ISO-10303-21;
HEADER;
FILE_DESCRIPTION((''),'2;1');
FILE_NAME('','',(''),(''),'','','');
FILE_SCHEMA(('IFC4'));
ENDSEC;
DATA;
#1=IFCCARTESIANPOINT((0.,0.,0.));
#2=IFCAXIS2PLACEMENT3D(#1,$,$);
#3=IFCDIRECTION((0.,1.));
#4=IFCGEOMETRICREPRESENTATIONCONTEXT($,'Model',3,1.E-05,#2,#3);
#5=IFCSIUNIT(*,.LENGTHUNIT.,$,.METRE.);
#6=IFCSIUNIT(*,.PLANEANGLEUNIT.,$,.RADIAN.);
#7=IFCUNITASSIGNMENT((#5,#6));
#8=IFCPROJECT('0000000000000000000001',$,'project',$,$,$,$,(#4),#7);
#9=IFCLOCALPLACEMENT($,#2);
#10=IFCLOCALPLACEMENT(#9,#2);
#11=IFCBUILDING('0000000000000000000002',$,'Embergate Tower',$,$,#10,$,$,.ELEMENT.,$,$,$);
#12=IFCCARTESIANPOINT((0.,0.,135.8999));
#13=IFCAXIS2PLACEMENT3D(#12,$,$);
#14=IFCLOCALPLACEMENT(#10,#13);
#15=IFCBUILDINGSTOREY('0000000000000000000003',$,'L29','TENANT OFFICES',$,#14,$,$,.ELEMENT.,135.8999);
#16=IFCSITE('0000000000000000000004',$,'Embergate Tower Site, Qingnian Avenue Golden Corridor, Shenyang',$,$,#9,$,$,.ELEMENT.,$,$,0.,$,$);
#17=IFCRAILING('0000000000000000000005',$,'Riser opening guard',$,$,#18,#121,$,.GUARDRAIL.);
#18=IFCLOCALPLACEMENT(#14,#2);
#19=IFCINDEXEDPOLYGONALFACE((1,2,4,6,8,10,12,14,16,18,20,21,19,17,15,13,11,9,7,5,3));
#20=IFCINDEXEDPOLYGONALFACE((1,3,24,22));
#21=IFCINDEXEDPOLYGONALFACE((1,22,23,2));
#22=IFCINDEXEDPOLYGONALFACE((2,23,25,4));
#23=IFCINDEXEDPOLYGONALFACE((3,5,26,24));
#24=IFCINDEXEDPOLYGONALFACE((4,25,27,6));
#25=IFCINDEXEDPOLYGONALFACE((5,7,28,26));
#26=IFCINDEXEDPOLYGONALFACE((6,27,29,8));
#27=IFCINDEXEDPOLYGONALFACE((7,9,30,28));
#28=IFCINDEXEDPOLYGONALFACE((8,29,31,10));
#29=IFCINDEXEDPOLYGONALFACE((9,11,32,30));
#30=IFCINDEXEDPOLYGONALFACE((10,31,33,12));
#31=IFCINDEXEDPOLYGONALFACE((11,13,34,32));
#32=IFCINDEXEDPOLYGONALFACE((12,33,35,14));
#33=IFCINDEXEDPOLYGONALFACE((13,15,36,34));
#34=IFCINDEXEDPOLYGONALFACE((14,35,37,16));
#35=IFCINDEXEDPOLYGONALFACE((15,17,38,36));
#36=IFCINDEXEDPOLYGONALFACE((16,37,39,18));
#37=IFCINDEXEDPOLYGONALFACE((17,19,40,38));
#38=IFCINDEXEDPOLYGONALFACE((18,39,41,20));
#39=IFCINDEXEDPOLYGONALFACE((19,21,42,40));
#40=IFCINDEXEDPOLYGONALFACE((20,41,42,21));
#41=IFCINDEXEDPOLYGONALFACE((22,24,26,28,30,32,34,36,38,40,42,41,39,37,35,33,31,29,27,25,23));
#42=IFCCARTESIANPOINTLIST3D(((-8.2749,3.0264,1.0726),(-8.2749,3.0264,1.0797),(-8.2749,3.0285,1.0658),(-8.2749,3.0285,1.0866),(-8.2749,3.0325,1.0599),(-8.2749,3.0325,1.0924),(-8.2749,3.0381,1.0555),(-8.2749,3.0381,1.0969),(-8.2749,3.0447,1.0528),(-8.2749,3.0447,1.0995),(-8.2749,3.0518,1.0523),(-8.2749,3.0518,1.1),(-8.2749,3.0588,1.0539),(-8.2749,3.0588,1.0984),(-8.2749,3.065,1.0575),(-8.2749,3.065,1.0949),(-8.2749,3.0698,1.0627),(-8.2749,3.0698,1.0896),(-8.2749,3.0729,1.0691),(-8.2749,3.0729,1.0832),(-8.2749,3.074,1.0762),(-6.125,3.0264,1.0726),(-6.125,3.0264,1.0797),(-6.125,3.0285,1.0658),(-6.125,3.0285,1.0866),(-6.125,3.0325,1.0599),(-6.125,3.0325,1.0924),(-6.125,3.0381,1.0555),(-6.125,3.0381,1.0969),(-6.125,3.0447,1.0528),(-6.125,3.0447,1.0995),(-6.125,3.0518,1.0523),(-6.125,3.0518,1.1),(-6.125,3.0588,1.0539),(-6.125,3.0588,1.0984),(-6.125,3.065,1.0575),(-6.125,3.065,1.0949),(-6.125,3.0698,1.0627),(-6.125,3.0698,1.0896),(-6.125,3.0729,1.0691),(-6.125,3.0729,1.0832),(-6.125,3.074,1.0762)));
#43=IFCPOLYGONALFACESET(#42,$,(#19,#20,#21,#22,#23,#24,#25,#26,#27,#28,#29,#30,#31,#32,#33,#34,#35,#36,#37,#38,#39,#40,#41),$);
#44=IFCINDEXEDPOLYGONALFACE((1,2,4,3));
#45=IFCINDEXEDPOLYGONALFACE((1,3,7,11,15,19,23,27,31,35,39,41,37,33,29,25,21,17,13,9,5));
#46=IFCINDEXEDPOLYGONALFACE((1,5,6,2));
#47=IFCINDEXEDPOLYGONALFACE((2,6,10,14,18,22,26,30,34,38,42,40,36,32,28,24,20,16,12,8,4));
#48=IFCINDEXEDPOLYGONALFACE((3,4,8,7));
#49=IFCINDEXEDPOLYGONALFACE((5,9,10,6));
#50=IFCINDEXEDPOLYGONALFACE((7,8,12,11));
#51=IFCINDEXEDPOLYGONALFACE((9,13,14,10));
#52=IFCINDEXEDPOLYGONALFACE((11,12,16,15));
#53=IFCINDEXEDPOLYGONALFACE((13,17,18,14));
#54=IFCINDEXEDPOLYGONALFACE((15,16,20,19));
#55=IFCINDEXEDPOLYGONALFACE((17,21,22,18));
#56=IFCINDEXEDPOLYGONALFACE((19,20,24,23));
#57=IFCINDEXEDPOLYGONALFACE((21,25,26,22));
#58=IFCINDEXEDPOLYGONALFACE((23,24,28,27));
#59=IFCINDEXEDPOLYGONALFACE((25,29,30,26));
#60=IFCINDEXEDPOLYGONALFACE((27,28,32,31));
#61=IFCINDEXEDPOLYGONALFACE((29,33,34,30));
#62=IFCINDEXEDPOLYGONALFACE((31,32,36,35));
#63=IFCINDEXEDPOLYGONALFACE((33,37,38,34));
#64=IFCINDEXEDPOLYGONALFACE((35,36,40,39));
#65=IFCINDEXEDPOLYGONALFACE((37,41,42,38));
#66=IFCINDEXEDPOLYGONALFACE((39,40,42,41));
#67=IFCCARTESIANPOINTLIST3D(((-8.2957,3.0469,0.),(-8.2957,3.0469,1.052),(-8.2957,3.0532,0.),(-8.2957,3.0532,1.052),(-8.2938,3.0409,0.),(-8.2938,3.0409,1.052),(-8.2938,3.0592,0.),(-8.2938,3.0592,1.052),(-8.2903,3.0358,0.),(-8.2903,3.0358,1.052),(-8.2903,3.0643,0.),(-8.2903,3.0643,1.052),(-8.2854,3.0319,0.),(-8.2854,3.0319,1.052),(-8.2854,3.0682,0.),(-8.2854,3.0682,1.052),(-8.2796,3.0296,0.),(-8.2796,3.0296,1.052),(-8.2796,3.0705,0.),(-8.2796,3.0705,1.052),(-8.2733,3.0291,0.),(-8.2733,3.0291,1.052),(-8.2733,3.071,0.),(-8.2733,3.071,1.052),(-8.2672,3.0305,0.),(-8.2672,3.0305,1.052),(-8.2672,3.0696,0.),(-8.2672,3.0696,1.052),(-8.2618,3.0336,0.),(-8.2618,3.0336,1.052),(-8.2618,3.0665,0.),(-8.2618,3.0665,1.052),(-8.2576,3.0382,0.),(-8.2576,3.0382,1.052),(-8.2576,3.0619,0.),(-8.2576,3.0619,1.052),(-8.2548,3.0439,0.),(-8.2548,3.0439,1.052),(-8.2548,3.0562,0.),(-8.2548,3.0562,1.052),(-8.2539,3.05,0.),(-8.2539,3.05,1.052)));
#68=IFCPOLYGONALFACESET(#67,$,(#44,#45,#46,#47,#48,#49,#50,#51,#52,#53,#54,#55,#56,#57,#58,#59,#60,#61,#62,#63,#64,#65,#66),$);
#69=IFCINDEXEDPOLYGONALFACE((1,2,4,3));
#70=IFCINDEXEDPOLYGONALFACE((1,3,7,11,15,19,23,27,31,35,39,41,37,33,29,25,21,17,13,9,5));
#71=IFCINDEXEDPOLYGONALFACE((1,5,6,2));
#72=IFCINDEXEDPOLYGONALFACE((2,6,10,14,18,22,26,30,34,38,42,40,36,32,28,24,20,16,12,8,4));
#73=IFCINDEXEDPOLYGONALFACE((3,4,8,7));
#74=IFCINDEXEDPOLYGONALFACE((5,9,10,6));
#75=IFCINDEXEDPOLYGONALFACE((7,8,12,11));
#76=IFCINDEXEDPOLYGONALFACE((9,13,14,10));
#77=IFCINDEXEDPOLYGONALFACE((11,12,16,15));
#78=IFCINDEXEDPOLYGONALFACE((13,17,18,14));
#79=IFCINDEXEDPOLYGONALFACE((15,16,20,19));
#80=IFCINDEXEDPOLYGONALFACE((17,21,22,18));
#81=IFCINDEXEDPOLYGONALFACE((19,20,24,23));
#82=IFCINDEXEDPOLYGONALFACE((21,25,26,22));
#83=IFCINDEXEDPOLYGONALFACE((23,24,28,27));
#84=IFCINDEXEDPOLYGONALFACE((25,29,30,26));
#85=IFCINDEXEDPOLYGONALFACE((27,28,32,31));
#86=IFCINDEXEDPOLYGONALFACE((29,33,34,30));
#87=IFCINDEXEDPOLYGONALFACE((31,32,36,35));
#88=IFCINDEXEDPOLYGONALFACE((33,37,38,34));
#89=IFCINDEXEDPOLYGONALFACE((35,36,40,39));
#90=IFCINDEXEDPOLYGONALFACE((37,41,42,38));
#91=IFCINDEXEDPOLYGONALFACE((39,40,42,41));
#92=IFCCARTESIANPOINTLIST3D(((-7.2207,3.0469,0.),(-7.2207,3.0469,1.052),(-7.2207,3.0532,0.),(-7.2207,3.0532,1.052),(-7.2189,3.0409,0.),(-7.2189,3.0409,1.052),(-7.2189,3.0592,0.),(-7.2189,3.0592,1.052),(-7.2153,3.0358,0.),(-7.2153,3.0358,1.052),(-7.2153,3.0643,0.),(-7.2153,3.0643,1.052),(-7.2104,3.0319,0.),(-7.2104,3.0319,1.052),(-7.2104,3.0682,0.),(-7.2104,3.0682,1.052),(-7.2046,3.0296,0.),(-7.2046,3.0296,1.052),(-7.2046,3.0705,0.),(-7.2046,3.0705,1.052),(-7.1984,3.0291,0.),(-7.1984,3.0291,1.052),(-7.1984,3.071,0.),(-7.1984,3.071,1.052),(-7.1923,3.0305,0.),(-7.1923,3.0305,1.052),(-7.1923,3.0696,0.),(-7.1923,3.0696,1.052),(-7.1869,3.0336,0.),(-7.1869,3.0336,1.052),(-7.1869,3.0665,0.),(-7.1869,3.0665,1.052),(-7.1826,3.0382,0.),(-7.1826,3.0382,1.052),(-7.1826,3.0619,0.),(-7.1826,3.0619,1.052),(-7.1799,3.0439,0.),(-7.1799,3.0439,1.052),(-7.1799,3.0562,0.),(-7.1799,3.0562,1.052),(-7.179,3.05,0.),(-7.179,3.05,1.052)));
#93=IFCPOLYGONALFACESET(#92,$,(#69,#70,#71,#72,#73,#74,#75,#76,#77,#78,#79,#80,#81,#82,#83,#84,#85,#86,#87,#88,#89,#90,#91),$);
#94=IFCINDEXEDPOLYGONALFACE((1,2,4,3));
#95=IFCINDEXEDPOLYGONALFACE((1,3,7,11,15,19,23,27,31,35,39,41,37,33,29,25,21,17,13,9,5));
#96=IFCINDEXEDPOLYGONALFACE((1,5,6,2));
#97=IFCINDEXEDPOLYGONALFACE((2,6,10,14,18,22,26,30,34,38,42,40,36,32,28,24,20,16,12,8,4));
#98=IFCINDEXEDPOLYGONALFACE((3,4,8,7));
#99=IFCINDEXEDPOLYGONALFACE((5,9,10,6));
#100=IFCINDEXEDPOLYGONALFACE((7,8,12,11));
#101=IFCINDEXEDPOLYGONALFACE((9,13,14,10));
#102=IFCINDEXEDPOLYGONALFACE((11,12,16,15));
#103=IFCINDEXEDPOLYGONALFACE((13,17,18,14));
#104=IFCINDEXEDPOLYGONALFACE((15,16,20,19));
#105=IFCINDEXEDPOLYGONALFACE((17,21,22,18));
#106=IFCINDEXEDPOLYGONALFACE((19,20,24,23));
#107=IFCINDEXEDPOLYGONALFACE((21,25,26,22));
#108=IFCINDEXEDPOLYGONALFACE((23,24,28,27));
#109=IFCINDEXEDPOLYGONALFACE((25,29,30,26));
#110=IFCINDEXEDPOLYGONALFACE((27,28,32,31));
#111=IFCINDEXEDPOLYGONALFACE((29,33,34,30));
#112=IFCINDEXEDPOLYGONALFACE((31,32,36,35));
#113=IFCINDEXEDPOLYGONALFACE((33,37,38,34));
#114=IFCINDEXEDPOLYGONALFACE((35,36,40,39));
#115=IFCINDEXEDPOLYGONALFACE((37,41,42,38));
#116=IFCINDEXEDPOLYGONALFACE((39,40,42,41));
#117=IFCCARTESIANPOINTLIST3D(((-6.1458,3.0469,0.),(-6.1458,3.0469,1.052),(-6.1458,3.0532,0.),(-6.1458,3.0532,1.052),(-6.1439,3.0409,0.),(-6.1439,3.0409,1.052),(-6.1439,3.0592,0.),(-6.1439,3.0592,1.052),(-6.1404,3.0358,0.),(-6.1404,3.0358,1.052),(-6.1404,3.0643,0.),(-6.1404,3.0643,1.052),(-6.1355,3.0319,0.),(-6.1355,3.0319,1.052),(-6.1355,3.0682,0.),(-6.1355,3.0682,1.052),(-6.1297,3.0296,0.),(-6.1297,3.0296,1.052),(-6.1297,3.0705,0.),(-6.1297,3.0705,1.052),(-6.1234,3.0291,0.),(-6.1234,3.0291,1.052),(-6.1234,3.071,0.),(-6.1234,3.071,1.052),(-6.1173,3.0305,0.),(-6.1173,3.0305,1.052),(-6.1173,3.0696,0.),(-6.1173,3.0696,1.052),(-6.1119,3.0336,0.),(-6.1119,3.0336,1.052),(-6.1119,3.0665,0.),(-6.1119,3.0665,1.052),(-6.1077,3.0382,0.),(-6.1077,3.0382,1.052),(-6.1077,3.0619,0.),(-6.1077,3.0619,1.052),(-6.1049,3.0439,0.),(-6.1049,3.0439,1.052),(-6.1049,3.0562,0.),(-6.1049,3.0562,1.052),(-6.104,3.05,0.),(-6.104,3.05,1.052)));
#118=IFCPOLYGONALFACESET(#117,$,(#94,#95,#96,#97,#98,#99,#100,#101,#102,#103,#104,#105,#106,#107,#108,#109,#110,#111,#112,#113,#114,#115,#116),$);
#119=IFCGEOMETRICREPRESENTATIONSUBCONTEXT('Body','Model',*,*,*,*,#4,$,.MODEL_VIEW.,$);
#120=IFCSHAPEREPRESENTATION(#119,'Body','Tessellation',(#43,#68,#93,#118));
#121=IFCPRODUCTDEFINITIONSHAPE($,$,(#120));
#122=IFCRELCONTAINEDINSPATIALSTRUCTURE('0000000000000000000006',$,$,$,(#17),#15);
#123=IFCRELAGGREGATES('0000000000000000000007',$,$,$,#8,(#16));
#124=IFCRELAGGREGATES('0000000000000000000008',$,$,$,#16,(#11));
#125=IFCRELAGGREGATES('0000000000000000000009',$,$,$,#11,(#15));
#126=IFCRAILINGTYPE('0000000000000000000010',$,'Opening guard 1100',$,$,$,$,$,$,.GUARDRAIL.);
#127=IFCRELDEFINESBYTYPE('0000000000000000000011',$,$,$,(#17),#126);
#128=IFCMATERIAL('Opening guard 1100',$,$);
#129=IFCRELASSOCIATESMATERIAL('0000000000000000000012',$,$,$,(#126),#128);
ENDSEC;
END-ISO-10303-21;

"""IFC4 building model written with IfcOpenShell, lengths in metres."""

from ifc_helpers import new_model, si_unit, direction, frame, origin, origin_2d, place, context, subcontext, project, spatial, circle, extrude, source, transform, mapped, material, type_object, element, save


model = new_model("IFC4")

# Units and contexts
model_context = context("Model", 3, precision=1e-05, world=origin(), true_north=direction((0.0, 1.0)))
body_context = subcontext(model_context, "Body", "Model", "MODEL_VIEW")
ifc_project = project(units=[si_unit("LENGTHUNIT", "METRE"), si_unit("PLANEANGLEUNIT", "RADIAN")], contexts=[model_context])

# Site, building, storey
site_placement = place(None, origin())
site = spatial("IfcSite", under=ifc_project, at=site_placement, Name="Embergate Tower Site, Qingnian Avenue Golden Corridor, Shenyang", CompositionType="ELEMENT", RefElevation=0.0)
building_placement = place(site_placement, origin())
building = spatial("IfcBuilding", under=site, at=building_placement, Name="Embergate Tower", CompositionType="ELEMENT")
storey_placement = place(building_placement, frame((0.0, 0.0, 135.8999)))
storey = spatial("IfcBuildingStorey", under=building, at=storey_placement, Name="L29", Description="TENANT OFFICES", CompositionType="ELEMENT", Elevation=135.8999)

# Railing
ifc_material_1 = material(Name="Opening guard 1100")
railing_type = type_object("IfcRailingType", Name="Opening guard 1100", PredefinedType="GUARDRAIL", material=ifc_material_1)
shared_shape_1 = source(origin(), body_context, "Body", "SweptSolid", [
    extrude(circle(Radius=0.0239, at=origin_2d()), frame((0.0, 0.0, 1.0762), z_axis=(1.0, 0.0, 0.0), x_axis=(0.0, 1.0, 0.0)), (0.0, 0.0, 1.0), 2.1499),
    extrude(circle(Radius=0.021, at=origin_2d()), origin(), (0.0, 0.0, 1.0), 1.052),
    extrude(circle(Radius=0.021, at=origin_2d()), frame((1.075, 0.0, 0.0)), (0.0, 0.0, 1.0), 1.052),
    extrude(circle(Radius=0.021, at=origin_2d()), frame((2.1499, 0.0, 0.0)), (0.0, 0.0, 1.0), 1.052),
])
railing_placement = place(storey_placement, frame((-8.2749, 3.05, 0.0)))
element("IfcRailing", 1, at=railing_placement, inside=storey, type_object=railing_type, Name="Riser opening guard", PredefinedType="GUARDRAIL", context=body_context, shape_type="MappedRepresentation", body=[
    mapped(shared_shape_1, transform((0.0, 0.0, 0.0))),
])

save(model, "model.ifc")
